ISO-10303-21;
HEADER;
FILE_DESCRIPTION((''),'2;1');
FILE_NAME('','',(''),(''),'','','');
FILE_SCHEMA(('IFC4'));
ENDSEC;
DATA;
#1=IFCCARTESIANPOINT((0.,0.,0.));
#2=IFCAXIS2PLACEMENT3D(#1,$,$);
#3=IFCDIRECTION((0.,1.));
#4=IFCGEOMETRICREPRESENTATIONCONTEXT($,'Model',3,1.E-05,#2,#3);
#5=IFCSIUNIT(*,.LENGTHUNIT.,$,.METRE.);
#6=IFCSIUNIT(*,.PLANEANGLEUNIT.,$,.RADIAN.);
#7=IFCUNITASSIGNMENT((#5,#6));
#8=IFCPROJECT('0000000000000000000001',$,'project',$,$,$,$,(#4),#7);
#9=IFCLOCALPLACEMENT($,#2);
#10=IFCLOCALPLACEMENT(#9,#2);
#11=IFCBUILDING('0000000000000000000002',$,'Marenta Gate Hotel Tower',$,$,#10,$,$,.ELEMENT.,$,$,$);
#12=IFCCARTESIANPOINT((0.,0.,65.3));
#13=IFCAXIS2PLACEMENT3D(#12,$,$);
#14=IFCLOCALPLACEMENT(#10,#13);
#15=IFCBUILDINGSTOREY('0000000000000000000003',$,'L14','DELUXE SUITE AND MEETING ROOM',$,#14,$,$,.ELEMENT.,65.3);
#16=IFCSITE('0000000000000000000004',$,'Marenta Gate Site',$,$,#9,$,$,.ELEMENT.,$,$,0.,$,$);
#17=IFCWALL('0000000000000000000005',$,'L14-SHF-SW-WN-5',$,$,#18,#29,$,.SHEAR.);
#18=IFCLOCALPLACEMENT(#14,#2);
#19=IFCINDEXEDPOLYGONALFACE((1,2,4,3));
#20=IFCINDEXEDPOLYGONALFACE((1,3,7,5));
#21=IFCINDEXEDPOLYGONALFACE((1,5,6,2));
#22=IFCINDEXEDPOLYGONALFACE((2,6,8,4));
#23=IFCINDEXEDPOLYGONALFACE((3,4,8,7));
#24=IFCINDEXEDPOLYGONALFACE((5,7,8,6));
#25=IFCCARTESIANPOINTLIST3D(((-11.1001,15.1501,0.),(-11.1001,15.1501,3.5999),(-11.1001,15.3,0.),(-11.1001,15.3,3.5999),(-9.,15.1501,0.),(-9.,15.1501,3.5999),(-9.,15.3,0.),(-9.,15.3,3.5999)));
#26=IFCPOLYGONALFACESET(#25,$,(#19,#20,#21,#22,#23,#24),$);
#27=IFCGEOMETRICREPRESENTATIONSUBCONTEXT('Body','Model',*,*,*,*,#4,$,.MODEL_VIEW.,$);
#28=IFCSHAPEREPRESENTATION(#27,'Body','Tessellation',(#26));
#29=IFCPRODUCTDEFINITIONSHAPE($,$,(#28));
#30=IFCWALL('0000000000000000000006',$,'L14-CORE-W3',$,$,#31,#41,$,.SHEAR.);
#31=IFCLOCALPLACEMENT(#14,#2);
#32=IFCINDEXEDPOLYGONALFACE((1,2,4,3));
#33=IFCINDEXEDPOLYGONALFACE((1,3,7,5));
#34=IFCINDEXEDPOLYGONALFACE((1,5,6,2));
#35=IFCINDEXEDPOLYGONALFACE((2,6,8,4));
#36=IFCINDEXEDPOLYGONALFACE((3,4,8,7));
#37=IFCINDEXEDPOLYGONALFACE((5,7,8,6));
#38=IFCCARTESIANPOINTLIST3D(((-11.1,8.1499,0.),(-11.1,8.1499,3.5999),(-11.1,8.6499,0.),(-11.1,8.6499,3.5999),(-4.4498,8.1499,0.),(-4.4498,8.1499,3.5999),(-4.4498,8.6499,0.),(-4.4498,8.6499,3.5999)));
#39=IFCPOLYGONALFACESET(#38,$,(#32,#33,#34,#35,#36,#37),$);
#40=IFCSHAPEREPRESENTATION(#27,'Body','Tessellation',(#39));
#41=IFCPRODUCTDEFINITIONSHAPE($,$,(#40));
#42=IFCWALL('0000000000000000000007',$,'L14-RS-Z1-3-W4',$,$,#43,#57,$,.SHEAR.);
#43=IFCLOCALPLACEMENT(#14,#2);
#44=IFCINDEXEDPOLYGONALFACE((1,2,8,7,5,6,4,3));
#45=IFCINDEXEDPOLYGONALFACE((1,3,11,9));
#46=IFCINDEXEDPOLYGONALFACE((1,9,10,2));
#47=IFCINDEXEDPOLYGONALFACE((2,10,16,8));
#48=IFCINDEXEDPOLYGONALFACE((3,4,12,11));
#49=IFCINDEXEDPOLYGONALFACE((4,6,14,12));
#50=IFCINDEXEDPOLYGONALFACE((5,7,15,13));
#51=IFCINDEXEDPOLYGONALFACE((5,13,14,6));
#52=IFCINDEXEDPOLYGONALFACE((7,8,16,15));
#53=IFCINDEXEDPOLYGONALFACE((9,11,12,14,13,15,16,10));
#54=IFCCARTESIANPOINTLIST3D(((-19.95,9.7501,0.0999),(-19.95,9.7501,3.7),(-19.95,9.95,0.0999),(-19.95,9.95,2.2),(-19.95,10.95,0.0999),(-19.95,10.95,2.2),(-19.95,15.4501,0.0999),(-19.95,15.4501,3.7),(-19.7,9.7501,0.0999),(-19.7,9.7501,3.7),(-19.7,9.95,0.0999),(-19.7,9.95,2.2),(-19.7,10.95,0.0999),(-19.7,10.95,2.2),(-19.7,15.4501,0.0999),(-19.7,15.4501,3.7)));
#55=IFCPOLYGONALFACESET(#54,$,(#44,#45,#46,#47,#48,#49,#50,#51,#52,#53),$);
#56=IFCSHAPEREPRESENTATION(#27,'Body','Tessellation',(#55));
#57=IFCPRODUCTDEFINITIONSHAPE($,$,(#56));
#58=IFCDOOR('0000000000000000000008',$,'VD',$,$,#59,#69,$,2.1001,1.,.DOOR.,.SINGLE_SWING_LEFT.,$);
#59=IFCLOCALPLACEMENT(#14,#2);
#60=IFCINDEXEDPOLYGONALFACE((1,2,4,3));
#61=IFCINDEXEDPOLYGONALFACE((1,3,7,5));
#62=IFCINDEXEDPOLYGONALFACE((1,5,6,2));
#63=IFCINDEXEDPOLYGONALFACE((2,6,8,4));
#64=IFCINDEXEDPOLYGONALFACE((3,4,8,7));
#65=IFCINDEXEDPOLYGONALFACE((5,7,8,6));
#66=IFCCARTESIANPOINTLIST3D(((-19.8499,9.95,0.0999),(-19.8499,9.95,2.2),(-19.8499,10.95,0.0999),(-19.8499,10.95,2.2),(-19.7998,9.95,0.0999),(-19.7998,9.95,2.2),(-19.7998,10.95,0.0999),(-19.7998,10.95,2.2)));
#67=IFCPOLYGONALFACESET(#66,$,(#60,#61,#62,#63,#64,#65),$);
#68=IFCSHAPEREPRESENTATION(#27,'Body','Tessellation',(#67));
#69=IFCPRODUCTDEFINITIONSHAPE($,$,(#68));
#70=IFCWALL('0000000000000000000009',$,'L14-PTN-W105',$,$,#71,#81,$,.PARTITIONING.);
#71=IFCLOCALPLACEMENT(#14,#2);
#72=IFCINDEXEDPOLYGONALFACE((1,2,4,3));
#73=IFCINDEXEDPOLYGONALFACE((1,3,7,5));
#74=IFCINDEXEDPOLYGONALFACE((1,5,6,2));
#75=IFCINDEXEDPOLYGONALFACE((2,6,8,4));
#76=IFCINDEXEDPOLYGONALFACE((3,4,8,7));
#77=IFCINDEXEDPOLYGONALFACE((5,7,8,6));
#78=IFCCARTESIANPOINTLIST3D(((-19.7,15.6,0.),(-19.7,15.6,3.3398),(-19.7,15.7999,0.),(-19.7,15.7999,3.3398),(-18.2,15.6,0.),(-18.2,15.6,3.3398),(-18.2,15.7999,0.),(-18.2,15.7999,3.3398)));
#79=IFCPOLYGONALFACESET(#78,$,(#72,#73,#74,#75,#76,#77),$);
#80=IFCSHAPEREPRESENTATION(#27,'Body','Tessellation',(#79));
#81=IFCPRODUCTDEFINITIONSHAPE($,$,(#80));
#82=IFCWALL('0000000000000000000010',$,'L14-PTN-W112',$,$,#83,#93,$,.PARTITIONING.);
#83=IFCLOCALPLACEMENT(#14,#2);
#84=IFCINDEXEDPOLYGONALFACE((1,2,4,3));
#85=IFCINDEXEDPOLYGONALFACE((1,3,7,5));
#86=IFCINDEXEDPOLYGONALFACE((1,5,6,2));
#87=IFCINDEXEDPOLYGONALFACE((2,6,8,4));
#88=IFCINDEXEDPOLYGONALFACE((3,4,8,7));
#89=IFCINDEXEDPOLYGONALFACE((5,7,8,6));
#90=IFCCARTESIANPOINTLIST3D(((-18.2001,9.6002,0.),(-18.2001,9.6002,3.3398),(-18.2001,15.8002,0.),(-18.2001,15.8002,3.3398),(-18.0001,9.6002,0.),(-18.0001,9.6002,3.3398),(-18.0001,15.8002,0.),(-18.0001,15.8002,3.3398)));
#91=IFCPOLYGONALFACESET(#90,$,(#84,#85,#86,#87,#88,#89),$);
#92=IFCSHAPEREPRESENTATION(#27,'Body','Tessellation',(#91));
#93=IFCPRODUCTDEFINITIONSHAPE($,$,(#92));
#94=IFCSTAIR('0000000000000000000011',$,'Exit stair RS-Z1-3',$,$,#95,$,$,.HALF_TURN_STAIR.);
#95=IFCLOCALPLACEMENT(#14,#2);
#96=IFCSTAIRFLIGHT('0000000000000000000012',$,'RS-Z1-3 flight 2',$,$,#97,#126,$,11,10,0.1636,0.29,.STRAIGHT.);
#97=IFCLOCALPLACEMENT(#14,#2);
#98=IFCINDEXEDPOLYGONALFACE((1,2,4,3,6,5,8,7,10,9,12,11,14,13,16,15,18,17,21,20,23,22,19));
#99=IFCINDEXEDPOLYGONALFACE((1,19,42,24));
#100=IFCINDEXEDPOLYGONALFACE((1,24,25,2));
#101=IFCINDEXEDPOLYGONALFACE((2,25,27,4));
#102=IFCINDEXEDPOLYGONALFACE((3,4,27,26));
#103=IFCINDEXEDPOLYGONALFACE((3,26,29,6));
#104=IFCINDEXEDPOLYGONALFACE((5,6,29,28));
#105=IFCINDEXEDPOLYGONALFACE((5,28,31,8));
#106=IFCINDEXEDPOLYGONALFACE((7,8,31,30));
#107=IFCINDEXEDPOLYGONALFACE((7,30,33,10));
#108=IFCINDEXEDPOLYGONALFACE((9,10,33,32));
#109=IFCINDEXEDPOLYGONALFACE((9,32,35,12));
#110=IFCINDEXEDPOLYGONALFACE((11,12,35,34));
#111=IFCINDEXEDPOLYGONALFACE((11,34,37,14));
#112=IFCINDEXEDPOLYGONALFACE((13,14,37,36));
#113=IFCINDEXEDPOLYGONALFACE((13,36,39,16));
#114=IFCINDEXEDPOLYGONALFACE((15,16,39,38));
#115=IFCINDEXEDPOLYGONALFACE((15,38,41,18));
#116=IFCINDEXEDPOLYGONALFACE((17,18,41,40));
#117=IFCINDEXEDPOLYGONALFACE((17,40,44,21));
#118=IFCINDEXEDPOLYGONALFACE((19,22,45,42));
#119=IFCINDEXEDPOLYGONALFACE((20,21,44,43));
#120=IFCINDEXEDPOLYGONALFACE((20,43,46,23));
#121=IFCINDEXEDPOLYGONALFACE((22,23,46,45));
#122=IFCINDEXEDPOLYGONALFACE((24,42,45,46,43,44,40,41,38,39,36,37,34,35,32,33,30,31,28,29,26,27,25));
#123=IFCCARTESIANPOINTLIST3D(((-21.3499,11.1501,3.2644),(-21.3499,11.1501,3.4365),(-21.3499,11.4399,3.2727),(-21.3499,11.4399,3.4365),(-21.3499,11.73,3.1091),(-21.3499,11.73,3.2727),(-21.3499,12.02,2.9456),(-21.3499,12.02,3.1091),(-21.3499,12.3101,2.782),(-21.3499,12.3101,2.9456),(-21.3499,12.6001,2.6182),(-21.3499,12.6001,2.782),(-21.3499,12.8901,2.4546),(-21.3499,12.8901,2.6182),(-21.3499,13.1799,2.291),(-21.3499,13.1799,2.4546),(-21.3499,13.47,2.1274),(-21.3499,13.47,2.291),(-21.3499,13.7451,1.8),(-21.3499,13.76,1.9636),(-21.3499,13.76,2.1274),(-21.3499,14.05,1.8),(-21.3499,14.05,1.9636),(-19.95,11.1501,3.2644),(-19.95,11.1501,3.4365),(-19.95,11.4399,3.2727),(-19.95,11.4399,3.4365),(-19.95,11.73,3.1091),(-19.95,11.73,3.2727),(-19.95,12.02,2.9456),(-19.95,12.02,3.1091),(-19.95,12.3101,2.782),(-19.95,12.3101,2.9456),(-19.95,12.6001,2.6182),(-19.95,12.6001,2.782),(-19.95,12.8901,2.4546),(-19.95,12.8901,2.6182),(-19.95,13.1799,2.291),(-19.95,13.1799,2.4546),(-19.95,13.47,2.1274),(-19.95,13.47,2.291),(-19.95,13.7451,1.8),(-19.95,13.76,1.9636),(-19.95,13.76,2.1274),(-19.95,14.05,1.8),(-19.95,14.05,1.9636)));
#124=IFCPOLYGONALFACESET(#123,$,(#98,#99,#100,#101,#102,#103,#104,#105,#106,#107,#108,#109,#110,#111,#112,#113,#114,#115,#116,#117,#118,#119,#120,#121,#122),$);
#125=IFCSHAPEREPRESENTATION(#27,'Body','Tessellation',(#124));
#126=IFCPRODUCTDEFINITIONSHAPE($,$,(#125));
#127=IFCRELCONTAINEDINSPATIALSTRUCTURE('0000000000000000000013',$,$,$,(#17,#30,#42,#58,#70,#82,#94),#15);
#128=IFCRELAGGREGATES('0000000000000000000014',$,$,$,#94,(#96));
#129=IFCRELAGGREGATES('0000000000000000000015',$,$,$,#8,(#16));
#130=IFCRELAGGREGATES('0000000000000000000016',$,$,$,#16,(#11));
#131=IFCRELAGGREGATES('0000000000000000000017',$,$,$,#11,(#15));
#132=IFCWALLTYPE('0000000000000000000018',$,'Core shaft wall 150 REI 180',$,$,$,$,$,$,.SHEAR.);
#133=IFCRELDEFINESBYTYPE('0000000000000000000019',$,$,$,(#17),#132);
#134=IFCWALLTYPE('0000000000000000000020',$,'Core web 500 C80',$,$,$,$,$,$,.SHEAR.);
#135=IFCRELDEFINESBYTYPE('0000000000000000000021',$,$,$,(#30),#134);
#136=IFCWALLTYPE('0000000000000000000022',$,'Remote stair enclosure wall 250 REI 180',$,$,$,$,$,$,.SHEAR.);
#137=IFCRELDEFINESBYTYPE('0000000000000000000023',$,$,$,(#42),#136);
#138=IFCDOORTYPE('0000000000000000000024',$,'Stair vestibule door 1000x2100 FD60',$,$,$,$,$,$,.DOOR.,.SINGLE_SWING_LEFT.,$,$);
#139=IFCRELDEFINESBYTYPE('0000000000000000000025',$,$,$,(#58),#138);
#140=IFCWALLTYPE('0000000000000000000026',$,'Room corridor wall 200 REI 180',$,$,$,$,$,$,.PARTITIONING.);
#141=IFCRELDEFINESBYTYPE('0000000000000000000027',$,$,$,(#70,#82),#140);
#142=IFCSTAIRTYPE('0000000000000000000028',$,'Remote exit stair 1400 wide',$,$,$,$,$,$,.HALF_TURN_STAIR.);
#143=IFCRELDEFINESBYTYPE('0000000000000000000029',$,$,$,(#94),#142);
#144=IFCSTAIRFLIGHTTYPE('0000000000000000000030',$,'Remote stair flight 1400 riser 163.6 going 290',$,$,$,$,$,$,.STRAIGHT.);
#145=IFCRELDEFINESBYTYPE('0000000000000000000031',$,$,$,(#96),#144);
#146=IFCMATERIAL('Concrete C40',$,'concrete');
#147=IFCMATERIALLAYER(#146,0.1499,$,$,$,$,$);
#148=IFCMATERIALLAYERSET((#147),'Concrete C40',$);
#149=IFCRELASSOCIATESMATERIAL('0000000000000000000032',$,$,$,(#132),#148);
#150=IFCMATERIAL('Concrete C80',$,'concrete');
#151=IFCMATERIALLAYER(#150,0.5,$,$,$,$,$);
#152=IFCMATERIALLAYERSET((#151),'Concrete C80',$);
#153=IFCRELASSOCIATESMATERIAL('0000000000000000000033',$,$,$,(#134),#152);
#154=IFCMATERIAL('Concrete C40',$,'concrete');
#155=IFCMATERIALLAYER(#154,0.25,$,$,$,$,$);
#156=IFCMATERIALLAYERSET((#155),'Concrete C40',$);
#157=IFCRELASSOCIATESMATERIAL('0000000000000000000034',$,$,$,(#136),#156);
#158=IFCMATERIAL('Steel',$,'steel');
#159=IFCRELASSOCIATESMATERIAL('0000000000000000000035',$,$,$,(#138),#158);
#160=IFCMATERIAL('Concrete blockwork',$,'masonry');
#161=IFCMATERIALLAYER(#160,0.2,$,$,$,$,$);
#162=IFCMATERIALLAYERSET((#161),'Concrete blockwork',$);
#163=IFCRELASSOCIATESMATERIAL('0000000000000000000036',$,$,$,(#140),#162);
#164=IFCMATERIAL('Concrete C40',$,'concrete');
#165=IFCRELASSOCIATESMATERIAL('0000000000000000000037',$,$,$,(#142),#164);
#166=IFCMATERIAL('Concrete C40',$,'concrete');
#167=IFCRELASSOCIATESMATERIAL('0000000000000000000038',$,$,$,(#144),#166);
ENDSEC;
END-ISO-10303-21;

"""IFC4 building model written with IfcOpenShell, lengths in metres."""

from ifc_helpers import new_model, si_unit, direction, frame, frame_2d, origin, place, context, subcontext, project, spatial, polyline, rectangle, outline, extrude, material, layer, layer_set, type_object, element, fill, aggregate, save


model = new_model("IFC4")

# Units and contexts
model_context = context("Model", 3, precision=1e-05, world=origin(), true_north=direction((0.0, 1.0)))
body_context = subcontext(model_context, "Body", "Model", "MODEL_VIEW")
ifc_project = project(units=[si_unit("LENGTHUNIT", "METRE"), si_unit("PLANEANGLEUNIT", "RADIAN")], contexts=[model_context])

# Site, building, storey
site_placement = place(None, origin())
site = spatial("IfcSite", under=ifc_project, at=site_placement, Name="Marenta Gate Site", CompositionType="ELEMENT", RefElevation=0.0)
building_placement = place(site_placement, origin())
building = spatial("IfcBuilding", under=site, at=building_placement, Name="Marenta Gate Hotel Tower", CompositionType="ELEMENT")
storey_placement = place(building_placement, frame((0.0, 0.0, 65.3)))
storey = spatial("IfcBuildingStorey", under=building, at=storey_placement, Name="L14", Description="DELUXE SUITE AND MEETING ROOM", CompositionType="ELEMENT", Elevation=65.3)

# Walls
ifc_material_1 = material(Name="Concrete C40", Category="concrete")
ifc_layer_1 = layer(ifc_material_1, 0.1499)
ifc_layer_set_1 = layer_set([ifc_layer_1], Name="Concrete C40")
wall_type_1 = type_object("IfcWallType", Name="Core shaft wall 150 REI 180", PredefinedType="SHEAR", material=ifc_layer_set_1)
for number, where, z_axis, x_axis, name in (
    (1, (-11.1001, 15.2251, 0.0), (0.0, 0.0, 1.0), (1.0, 0.0, 0.0), "L14-SHF-SW-WN-5"),
):
    element("IfcWall", number, at=place(storey_placement, frame(where, z_axis=z_axis, x_axis=x_axis)), inside=storey, type_object=wall_type_1, Name=name, PredefinedType="SHEAR", context=body_context, shape_type="SweptSolid", body=[
        extrude(rectangle(XDim=2.1001, YDim=0.1499, at=frame_2d((1.05, 0.0))), origin(), (0.0, 0.0, 1.0), 3.5999),
    ])
ifc_material_2 = material(Name="Concrete C80", Category="concrete")
ifc_layer_2 = layer(ifc_material_2, 0.5)
ifc_layer_set_2 = layer_set([ifc_layer_2], Name="Concrete C80")
wall_type_2 = type_object("IfcWallType", Name="Core web 500 C80", PredefinedType="SHEAR", material=ifc_layer_set_2)
wall_1_placement = place(storey_placement, frame((-11.1001, 8.3999, 0.0), z_axis=(0.0, 0.0, 1.0), x_axis=(1.0, 0.0, 0.0)))
element("IfcWall", 2, at=wall_1_placement, inside=storey, type_object=wall_type_2, Name="L14-CORE-W3", PredefinedType="SHEAR", context=body_context, shape_type="SweptSolid", body=[
    extrude(rectangle(XDim=6.6501, YDim=0.5, at=frame_2d((3.3252, 0.0))), origin(), (0.0, 0.0, 1.0), 3.5999),
])

# Wall, opening, door
ifc_material_3 = material(Name="Concrete C40", Category="concrete")
ifc_layer_3 = layer(ifc_material_3, 0.25)
ifc_layer_set_3 = layer_set([ifc_layer_3], Name="Concrete C40")
wall_type_3 = type_object("IfcWallType", Name="Remote stair enclosure wall 250 REI 180", PredefinedType="SHEAR", material=ifc_layer_set_3)
wall_2_placement = place(storey_placement, frame((-19.825, 9.75, 0.0999), z_axis=(0.0, 0.0, 1.0), x_axis=(0.0, 1.0, 0.0)))
wall_2 = element("IfcWall", 3, at=wall_2_placement, inside=storey, type_object=wall_type_3, Name="L14-RS-Z1-3-W4", PredefinedType="SHEAR", context=body_context, shape_type="SweptSolid", body=[
    extrude(rectangle(XDim=5.7, YDim=0.25, at=frame_2d((2.8501, 0.0))), origin(), (0.0, 0.0, 1.0), 3.6001),
])
opening_1_placement = place(wall_2_placement, frame((0.2, 0.0, 0.0)))
opening_1 = element("IfcOpeningElement", 4, at=opening_1_placement, cuts=wall_2, PredefinedType="OPENING", context=body_context, shape_type="SweptSolid", body=[
    extrude(rectangle(XDim=1.0, YDim=2.1001, at=frame_2d((0.5, 1.05))), frame((0.0, 0.125, 0.0), z_axis=(0.0, -1.0, 0.0), x_axis=(1.0, 0.0, 0.0)), (0.0, 0.0, 1.0), 0.25),
])
ifc_material_4 = material(Name="Steel", Category="steel")
door_type_1 = type_object("IfcDoorType", Name="Stair vestibule door 1000x2100 FD60", OperationType="SINGLE_SWING_LEFT", PredefinedType="DOOR", material=ifc_material_4)
door_1_placement = place(opening_1_placement, origin())
door_1 = element("IfcDoor", 5, at=door_1_placement, inside=storey, type_object=door_type_1, Name="VD", OperationType="SINGLE_SWING_LEFT", OverallHeight=2.1001, OverallWidth=1.0, PredefinedType="DOOR", context=body_context, shape_type="SweptSolid", body=[
    extrude(rectangle(XDim=1.0, YDim=2.1001, at=frame_2d((0.5, 1.05))), frame((0.0, 0.0249, 0.0), z_axis=(0.0, -1.0, 0.0), x_axis=(1.0, 0.0, 0.0)), (0.0, 0.0, 1.0), 0.05),
])
fill(opening_1, door_1)
ifc_material_5 = material(Name="Concrete blockwork", Category="masonry")
ifc_layer_4 = layer(ifc_material_5, 0.2)
ifc_layer_set_4 = layer_set([ifc_layer_4], Name="Concrete blockwork")
wall_type_4 = type_object("IfcWallType", Name="Room corridor wall 200 REI 180", PredefinedType="PARTITIONING", material=ifc_layer_set_4)

# Walls
wall_3_placement = place(storey_placement, frame((-19.7, 15.7, 0.0), z_axis=(0.0, 0.0, 1.0), x_axis=(1.0, 0.0, 0.0)))
element("IfcWall", 6, at=wall_3_placement, inside=storey, type_object=wall_type_4, Name="L14-PTN-W105", PredefinedType="PARTITIONING", context=body_context, shape_type="SweptSolid", body=[
    extrude(rectangle(XDim=1.5, YDim=0.2, at=frame_2d((0.75, 0.0))), origin(), (0.0, 0.0, 1.0), 3.3398),
])
wall_4_placement = place(storey_placement, frame((-18.1001, 9.6001, 0.0), z_axis=(0.0, 0.0, 1.0), x_axis=(0.0, 1.0, 0.0)))
element("IfcWall", 7, at=wall_4_placement, inside=storey, type_object=wall_type_4, Name="L14-PTN-W112", PredefinedType="PARTITIONING", context=body_context, shape_type="SweptSolid", body=[
    extrude(rectangle(XDim=6.2, YDim=0.2, at=frame_2d((3.1001, 0.0))), origin(), (0.0, 0.0, 1.0), 3.3398),
])

# Stair, stair flight
ifc_material_6 = material(Name="Concrete C40", Category="concrete")
stair_type = type_object("IfcStairType", Name="Remote exit stair 1400 wide", PredefinedType="HALF_TURN_STAIR", material=ifc_material_6)
stair_placement = place(storey_placement, origin())
stair = element("IfcStair", 8, at=stair_placement, inside=storey, type_object=stair_type, Name="Exit stair RS-Z1-3", PredefinedType="HALF_TURN_STAIR")
ifc_material_7 = material(Name="Concrete C40", Category="concrete")
stair_flight_type = type_object("IfcStairFlightType", Name="Remote stair flight 1400 riser 163.6 going 290", PredefinedType="STRAIGHT", material=ifc_material_7)
stair_flight_placement = place(storey_placement, frame((-20.6499, 14.05, 1.8), z_axis=(0.0, 0.0, 1.0), x_axis=(0.0, -1.0, 0.0)))
stair_flight = element("IfcStairFlight", 9, at=stair_flight_placement, type_object=stair_flight_type, Name="RS-Z1-3 flight 2", NumberOfRisers=11, NumberOfTreads=10, PredefinedType="STRAIGHT", RiserHeight=0.1636, TreadLength=0.29, context=body_context, shape_type="SweptSolid", body=[
    extrude(outline(polyline([(0.0, 0.0), (0.0, 0.1636), (0.29, 0.1636), (0.29, 0.3274), (0.5801, 0.3274), (0.5801, 0.491), (0.8701, 0.491), (0.8701, 0.6545), (1.1599, 0.6545), (1.1599, 0.8181), (1.45, 0.8181), (1.45, 0.9819), (1.74, 0.9819), (1.74, 1.1455), (2.03, 1.1455), (2.03, 1.3091), (2.3201, 1.3091), (2.3201, 1.4727), (2.6101, 1.4727), (2.6101, 1.6365), (2.8999, 1.6365), (2.8999, 1.8), (2.8999, 1.4644), (0.3049, 0.0), (0.0, 0.0)])), frame((0.0, 0.7, 0.0), z_axis=(0.0, -1.0, 0.0), x_axis=(1.0, 0.0, 0.0)), (0.0, 0.0, 1.0), 1.3999),
])
aggregate(stair, [stair_flight])

save(model, "model.ifc")
